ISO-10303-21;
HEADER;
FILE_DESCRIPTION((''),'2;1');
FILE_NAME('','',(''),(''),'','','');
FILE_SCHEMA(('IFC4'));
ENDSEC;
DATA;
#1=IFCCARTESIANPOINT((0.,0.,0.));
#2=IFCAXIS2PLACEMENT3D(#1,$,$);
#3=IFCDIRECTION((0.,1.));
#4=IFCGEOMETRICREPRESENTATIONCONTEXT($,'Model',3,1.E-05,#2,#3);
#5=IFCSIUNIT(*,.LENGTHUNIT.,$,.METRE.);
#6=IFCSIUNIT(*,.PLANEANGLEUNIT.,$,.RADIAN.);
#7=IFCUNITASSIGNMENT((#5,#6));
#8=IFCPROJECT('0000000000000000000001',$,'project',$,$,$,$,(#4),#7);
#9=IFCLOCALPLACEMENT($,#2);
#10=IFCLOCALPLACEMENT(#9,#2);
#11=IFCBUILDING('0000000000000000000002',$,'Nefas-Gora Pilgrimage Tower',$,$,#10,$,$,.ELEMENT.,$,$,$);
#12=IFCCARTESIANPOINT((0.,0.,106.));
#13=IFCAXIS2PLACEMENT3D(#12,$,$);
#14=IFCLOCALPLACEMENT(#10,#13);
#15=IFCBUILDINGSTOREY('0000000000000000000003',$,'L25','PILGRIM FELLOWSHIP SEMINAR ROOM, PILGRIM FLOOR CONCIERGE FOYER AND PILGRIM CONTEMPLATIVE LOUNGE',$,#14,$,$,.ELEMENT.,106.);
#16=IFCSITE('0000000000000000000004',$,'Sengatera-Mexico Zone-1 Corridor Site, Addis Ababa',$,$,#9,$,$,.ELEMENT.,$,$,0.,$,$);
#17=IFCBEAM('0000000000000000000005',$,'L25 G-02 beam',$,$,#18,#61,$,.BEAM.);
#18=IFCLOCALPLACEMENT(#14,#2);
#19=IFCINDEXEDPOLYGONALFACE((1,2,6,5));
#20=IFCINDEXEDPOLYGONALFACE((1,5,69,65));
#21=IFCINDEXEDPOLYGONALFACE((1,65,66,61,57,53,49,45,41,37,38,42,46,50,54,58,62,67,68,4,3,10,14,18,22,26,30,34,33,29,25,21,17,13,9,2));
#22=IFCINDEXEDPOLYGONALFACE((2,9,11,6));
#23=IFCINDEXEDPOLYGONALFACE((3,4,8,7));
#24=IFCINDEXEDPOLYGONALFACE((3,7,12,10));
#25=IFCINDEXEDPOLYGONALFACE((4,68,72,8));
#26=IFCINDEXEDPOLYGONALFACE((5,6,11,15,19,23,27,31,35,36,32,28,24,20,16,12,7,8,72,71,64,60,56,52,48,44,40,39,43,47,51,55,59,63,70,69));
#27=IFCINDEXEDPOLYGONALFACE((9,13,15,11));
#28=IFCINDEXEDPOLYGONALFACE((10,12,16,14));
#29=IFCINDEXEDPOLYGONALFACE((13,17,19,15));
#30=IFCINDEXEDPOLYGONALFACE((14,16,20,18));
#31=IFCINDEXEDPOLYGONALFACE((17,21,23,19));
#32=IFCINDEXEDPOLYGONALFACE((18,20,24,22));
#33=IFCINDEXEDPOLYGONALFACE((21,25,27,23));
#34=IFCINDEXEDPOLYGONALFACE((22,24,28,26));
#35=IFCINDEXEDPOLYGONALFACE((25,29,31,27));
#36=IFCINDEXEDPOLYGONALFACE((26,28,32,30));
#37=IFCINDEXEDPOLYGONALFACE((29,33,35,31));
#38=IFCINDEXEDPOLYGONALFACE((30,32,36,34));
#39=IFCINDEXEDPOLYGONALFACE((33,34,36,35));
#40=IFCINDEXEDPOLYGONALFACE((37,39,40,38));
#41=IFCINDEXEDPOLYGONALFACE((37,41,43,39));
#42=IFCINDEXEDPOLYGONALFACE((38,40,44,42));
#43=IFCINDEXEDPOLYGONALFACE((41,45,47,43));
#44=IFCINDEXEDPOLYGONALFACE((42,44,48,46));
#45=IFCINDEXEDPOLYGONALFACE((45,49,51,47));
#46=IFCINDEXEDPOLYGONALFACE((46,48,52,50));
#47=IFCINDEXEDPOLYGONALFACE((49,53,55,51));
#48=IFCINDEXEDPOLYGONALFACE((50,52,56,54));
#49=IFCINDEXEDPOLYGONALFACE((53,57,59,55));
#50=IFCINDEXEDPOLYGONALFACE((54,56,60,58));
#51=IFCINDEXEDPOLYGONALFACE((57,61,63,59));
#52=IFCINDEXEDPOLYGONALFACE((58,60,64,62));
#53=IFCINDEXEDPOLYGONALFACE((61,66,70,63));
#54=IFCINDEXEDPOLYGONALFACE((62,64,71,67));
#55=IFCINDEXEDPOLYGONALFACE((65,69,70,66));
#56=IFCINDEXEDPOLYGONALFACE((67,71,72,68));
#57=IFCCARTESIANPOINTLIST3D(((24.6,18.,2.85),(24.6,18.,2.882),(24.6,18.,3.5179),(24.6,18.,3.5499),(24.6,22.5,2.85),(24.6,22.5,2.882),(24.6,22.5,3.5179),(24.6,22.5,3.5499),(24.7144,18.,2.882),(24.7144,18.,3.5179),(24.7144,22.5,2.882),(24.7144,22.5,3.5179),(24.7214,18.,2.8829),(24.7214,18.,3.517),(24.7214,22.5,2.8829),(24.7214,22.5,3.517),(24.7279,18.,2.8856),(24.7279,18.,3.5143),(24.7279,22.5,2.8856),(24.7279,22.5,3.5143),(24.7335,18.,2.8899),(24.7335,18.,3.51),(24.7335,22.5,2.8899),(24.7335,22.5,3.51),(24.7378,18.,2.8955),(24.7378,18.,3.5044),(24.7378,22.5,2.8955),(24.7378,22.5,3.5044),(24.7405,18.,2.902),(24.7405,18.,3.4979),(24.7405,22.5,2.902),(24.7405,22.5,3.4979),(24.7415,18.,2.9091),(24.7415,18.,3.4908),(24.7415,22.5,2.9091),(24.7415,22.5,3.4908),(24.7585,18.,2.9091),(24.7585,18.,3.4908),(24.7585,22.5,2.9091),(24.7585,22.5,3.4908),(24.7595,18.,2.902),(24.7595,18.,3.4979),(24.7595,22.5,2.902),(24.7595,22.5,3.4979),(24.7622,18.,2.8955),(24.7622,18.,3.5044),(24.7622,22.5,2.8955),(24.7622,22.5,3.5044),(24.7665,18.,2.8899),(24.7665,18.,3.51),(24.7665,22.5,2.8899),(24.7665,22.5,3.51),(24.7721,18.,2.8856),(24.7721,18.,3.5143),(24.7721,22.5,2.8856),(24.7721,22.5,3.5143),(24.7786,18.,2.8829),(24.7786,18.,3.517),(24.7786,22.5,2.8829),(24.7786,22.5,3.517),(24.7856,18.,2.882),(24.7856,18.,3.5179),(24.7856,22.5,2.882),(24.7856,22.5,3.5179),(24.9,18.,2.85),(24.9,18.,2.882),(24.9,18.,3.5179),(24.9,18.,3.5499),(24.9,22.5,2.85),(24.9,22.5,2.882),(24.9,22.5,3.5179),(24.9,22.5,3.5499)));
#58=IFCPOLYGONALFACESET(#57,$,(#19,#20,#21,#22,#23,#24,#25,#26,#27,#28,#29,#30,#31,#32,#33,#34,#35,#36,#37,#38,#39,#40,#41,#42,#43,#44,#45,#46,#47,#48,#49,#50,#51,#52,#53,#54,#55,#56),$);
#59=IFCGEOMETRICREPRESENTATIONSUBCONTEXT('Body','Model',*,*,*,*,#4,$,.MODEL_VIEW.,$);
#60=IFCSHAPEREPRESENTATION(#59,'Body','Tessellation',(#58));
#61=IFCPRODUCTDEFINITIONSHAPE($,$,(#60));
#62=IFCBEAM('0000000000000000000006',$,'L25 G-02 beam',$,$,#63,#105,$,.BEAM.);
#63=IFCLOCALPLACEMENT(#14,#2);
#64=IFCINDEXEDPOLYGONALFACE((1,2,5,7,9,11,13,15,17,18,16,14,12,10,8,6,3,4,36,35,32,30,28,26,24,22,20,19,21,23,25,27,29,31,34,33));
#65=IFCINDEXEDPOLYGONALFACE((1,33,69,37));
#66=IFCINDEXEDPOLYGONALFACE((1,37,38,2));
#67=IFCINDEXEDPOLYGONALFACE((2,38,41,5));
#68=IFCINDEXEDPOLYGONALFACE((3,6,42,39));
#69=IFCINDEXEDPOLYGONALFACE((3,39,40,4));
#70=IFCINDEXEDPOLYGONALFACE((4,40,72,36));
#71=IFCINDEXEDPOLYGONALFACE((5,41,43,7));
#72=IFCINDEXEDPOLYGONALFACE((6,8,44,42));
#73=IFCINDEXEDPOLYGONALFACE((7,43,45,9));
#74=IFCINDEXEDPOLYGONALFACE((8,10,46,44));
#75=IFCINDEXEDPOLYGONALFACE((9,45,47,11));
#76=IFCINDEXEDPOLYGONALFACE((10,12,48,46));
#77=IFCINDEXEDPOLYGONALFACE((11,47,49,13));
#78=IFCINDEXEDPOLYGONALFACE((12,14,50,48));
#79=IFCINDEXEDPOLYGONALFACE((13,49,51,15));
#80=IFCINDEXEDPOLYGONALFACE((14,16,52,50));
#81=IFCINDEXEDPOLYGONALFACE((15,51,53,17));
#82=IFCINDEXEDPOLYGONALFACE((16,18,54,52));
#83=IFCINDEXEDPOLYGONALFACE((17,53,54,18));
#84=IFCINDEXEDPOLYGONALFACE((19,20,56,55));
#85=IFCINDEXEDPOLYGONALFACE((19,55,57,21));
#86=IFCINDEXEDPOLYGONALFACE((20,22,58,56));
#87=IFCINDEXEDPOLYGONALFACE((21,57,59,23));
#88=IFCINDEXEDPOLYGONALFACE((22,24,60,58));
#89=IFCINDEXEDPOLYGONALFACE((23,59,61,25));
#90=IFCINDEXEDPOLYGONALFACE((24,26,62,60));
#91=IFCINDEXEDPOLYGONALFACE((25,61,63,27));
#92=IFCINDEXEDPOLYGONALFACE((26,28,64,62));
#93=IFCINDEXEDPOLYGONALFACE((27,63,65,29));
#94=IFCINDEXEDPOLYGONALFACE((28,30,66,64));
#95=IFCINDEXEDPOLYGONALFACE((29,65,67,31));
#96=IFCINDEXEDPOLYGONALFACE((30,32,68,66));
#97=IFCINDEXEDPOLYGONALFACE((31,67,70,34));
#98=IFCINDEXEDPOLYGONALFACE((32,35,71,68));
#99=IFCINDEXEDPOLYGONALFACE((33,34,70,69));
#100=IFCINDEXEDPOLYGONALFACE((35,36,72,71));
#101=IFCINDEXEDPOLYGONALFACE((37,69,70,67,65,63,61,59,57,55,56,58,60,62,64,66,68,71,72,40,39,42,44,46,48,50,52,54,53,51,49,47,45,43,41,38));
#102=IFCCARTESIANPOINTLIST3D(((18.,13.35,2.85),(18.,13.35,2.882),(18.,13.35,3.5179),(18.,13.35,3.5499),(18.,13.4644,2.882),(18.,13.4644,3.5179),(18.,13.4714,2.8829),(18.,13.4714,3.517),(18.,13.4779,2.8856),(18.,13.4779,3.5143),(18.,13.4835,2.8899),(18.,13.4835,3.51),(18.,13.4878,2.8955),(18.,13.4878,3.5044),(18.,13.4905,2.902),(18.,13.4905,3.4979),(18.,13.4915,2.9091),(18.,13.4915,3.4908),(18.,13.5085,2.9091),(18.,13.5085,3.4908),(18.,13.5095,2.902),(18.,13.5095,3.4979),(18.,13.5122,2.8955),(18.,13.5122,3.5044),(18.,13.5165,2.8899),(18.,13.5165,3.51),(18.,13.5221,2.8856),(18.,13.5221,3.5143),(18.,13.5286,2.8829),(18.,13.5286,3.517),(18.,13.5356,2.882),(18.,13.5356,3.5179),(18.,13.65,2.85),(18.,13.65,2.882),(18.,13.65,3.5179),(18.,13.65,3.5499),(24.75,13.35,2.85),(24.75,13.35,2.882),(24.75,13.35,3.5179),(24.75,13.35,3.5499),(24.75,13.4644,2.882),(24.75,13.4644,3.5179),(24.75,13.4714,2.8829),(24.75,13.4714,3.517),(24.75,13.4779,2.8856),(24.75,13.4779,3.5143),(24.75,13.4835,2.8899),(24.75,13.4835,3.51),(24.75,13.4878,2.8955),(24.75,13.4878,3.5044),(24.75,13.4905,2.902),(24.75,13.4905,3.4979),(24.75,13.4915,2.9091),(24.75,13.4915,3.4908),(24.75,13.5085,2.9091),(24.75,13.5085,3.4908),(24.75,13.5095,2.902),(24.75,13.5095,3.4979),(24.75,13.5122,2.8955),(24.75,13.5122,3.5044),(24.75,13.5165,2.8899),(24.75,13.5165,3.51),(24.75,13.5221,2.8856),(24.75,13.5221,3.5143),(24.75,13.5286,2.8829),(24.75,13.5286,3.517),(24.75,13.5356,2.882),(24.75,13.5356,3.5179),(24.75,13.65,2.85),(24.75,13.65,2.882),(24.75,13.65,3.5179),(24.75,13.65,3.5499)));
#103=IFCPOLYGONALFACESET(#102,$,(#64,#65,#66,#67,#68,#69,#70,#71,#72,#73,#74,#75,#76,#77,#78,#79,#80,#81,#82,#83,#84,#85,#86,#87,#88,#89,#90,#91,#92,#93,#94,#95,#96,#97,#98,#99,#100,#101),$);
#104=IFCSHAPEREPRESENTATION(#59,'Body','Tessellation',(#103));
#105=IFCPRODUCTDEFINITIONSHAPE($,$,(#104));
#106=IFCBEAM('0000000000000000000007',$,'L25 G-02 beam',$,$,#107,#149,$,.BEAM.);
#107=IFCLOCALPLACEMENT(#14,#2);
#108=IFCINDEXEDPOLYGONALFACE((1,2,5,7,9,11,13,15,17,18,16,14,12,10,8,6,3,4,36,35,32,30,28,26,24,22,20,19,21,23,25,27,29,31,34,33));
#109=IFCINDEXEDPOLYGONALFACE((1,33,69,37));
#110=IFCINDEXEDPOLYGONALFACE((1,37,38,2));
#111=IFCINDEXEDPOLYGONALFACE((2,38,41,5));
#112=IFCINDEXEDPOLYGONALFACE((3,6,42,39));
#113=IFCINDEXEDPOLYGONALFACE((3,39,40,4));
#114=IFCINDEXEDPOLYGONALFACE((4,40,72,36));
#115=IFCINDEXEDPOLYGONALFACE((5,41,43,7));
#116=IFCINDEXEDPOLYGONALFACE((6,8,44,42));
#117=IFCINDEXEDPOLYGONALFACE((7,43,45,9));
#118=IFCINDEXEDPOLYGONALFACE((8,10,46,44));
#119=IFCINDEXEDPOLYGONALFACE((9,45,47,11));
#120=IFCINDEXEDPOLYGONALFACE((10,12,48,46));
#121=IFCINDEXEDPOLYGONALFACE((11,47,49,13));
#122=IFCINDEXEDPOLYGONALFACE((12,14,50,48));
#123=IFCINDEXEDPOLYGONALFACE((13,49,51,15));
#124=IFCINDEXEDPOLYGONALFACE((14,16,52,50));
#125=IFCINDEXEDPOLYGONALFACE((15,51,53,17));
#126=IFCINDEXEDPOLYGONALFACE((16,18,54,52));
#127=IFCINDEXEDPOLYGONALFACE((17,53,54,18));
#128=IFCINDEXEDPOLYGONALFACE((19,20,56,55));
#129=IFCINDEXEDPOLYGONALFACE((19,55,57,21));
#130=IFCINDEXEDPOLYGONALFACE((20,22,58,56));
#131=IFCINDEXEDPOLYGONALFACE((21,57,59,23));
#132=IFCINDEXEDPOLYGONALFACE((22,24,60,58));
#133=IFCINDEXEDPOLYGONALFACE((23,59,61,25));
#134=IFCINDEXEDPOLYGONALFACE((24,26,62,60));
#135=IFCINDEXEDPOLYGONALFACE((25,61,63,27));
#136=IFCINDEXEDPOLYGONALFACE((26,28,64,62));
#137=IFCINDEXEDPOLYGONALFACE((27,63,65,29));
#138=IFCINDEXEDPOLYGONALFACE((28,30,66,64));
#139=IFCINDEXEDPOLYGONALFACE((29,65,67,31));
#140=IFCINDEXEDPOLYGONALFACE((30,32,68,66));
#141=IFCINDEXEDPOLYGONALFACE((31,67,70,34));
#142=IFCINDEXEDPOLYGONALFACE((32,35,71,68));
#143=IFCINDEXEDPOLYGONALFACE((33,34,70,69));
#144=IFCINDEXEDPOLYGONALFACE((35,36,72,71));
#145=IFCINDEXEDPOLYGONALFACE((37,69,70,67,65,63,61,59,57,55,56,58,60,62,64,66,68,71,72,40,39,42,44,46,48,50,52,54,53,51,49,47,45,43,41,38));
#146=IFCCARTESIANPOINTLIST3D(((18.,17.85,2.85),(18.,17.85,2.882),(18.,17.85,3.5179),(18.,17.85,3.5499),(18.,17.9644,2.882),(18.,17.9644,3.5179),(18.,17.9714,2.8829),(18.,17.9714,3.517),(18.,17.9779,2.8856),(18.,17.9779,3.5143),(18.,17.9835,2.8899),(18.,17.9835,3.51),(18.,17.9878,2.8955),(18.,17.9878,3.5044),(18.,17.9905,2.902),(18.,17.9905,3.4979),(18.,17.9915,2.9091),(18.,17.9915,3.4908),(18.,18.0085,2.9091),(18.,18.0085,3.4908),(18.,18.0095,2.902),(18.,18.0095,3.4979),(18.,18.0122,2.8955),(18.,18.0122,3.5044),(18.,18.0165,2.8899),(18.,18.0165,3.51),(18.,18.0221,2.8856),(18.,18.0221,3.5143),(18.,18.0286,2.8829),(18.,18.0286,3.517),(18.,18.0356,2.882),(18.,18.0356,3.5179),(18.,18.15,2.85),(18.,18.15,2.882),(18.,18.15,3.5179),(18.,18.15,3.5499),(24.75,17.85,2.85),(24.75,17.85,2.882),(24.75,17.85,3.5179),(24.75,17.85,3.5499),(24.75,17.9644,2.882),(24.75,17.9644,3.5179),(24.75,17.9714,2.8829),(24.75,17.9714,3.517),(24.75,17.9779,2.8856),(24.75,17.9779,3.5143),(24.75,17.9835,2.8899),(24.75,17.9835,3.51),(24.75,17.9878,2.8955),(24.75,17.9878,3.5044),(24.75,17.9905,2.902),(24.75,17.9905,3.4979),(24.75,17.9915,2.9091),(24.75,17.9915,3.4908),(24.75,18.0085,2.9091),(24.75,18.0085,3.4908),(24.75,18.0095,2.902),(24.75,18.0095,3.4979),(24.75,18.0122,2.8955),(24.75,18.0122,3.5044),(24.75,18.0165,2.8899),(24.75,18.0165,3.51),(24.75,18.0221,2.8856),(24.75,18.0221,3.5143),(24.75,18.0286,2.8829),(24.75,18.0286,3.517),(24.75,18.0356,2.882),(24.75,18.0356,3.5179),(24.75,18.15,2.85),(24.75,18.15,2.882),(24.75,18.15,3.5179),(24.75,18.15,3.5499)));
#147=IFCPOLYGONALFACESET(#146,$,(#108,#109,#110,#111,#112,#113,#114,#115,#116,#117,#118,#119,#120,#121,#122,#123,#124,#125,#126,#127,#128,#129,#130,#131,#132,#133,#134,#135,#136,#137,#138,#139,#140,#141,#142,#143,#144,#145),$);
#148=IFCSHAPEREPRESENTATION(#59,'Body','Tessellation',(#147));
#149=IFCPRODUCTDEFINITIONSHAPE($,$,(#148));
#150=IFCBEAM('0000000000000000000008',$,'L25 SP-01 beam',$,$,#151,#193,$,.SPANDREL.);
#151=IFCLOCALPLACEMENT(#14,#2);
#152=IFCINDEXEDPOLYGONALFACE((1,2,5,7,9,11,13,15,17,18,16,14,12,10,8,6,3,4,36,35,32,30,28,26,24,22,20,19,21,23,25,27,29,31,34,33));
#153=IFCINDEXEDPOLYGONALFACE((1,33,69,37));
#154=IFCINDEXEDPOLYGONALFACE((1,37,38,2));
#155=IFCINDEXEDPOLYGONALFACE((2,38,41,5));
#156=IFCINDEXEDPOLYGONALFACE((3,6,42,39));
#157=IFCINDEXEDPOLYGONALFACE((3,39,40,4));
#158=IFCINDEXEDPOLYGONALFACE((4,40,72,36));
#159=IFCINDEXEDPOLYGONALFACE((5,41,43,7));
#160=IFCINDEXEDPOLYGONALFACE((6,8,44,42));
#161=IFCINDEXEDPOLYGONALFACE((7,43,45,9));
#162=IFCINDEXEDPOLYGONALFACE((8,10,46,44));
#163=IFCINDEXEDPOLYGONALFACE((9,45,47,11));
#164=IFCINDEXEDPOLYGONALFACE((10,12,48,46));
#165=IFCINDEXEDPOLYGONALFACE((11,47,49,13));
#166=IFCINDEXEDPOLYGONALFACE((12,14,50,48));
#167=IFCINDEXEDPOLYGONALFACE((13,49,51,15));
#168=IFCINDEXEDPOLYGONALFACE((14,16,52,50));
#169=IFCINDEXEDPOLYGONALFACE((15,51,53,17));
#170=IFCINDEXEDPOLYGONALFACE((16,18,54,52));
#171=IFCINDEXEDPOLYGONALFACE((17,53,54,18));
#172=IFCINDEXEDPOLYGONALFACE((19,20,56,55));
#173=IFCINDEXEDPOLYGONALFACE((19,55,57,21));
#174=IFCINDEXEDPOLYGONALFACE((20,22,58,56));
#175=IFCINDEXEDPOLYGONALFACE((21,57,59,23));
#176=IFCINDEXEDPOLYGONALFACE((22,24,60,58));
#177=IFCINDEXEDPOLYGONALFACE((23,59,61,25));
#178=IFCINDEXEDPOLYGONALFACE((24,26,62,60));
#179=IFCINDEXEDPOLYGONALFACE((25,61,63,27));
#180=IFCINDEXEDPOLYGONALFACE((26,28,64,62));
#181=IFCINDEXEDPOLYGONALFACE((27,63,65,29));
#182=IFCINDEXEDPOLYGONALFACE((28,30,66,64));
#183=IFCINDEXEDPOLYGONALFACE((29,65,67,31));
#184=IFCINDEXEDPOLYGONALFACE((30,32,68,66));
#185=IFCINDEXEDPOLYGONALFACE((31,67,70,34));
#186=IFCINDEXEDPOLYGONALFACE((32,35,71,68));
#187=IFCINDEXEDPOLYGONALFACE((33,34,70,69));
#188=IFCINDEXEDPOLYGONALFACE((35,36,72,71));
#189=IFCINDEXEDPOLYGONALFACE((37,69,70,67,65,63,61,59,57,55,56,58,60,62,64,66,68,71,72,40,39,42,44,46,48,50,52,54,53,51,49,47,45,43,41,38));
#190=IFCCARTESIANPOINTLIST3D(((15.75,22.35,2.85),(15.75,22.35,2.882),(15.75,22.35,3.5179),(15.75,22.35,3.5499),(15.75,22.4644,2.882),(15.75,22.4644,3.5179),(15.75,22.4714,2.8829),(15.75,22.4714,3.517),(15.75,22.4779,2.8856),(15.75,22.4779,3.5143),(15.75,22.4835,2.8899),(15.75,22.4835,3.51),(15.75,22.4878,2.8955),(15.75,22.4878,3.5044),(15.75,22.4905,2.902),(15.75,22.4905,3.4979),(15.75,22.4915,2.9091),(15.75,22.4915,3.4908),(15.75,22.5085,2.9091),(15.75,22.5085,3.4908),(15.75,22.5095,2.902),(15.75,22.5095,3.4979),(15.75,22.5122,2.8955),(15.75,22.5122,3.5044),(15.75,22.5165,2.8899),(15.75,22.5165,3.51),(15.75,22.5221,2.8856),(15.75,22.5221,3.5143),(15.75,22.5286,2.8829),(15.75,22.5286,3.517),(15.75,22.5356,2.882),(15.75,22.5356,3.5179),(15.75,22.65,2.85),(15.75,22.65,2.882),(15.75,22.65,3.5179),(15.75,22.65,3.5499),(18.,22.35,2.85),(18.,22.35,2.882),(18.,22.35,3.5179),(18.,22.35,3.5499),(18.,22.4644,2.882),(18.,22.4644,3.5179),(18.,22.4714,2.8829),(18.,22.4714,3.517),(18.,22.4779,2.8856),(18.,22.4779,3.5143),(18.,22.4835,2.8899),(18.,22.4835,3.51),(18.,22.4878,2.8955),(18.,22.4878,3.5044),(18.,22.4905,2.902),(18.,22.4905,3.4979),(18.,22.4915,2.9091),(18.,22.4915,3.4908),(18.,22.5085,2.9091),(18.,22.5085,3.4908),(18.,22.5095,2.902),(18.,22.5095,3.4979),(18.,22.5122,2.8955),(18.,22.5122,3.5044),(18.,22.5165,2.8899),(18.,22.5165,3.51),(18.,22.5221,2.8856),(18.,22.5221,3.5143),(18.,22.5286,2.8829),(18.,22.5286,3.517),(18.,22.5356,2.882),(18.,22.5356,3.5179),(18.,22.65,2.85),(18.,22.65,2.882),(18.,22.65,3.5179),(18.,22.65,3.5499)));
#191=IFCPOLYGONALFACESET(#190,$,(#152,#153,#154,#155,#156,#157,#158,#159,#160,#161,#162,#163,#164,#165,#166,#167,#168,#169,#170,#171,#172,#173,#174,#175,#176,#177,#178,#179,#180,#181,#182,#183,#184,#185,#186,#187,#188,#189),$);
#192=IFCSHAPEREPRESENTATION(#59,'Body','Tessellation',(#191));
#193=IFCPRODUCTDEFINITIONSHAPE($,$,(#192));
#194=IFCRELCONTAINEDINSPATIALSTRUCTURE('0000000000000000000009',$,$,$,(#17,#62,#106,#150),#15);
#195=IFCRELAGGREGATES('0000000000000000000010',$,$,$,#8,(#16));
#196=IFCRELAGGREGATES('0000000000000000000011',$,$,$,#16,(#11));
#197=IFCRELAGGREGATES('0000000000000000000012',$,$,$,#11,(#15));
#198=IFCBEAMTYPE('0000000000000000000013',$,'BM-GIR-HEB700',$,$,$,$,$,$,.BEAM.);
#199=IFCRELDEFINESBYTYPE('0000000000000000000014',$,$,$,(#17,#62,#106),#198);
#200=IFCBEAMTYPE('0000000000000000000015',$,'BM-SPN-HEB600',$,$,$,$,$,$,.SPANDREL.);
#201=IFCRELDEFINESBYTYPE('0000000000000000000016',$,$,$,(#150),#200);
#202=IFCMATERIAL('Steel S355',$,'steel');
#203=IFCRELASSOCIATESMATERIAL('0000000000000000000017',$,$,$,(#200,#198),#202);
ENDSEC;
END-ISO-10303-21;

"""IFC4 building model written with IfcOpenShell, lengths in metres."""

from ifc_helpers import new_model, si_unit, direction, frame, origin, origin_2d, place, context, subcontext, project, spatial, i_section, extrude, source, transform, mapped, material, material_profile, profile_set, type_object, element, save


model = new_model("IFC4")

# Units and contexts
model_context = context("Model", 3, precision=1e-05, world=origin(), true_north=direction((0.0, 1.0)))
body_context = subcontext(model_context, "Body", "Model", "MODEL_VIEW")
ifc_project = project(units=[si_unit("LENGTHUNIT", "METRE"), si_unit("PLANEANGLEUNIT", "RADIAN")], contexts=[model_context])

# Site, building, storey
site_placement = place(None, origin())
site = spatial("IfcSite", under=ifc_project, at=site_placement, Name="Sengatera-Mexico Zone-1 Corridor Site, Addis Ababa", CompositionType="ELEMENT", RefElevation=0.0)
building_placement = place(site_placement, origin())
building = spatial("IfcBuilding", under=site, at=building_placement, Name="Nefas-Gora Pilgrimage Tower", CompositionType="ELEMENT")
storey_placement = place(building_placement, frame((0.0, 0.0, 106.0)))
storey = spatial("IfcBuildingStorey", under=building, at=storey_placement, Name="L25", Description="PILGRIM FELLOWSHIP SEMINAR ROOM, PILGRIM FLOOR CONCIERGE FOYER AND PILGRIM CONTEMPLATIVE LOUNGE", CompositionType="ELEMENT", Elevation=106.0)

# Beams
ifc_material_1 = material(Name="Steel S355", Category="steel")
ifc_material_profile_1 = material_profile(ifc_material_1, i_section(OverallWidth=0.3, OverallDepth=0.7, WebThickness=0.0171, FlangeThickness=0.032, FilletRadius=0.0271, at=origin_2d()), Name="HEB 700")
ifc_profile_set_1 = profile_set([ifc_material_profile_1], Name="Steel S355")
beam_type_1 = type_object("IfcBeamType", Name="BM-SPN-HEB600", PredefinedType="SPANDREL", material=ifc_profile_set_1)
ifc_material_profile_2 = material_profile(ifc_material_1, i_section(OverallWidth=0.3, OverallDepth=0.7, WebThickness=0.0171, FlangeThickness=0.032, FilletRadius=0.0271, at=origin_2d()), Name="HEB 700")
ifc_profile_set_2 = profile_set([ifc_material_profile_2], Name="Steel S355")
beam_type_2 = type_object("IfcBeamType", Name="BM-GIR-HEB700", PredefinedType="BEAM", material=ifc_profile_set_2)
shared_shape_1 = source(origin(), body_context, "Body", "SweptSolid", [
    extrude(i_section(OverallWidth=0.3, OverallDepth=0.7, WebThickness=0.0171, FlangeThickness=0.032, FilletRadius=0.0271, at=origin_2d()), origin(), (0.0, 0.0, 1.0), 4.5),
])
for number, where, z_axis, x_axis, name in (
    (1, (24.75, 18.0, 3.2), (0.0, 1.0, 0.0), (-1.0, 0.0, 0.0), "L25 G-02 beam"),
):
    element("IfcBeam", number, at=place(storey_placement, frame(where, z_axis=z_axis, x_axis=x_axis)), inside=storey, type_object=beam_type_2, Name=name, PredefinedType="BEAM", context=body_context, shape_type="MappedRepresentation", body=[
        mapped(shared_shape_1, transform((0.0, 0.0, 0.0), x_axis=(1.0, 0.0, 0.0), y_axis=(0.0, 1.0, 0.0), z_axis=(0.0, 0.0, 1.0), scale=1.0)),
    ])
shared_shape_2 = source(origin(), body_context, "Body", "SweptSolid", [
    extrude(i_section(OverallWidth=0.3, OverallDepth=0.7, WebThickness=0.0171, FlangeThickness=0.032, FilletRadius=0.0271, at=origin_2d()), origin(), (0.0, 0.0, 1.0), 6.75),
])
for number, where, z_axis, x_axis, name in (
    (2, (18.0, 13.5, 3.2), (1.0, 0.0, 0.0), (0.0, 1.0, 0.0), "L25 G-02 beam"),
    (3, (18.0, 18.0, 3.2), (1.0, 0.0, 0.0), (0.0, 1.0, 0.0), "L25 G-02 beam"),
):
    element("IfcBeam", number, at=place(storey_placement, frame(where, z_axis=z_axis, x_axis=x_axis)), inside=storey, type_object=beam_type_2, Name=name, PredefinedType="BEAM", context=body_context, shape_type="MappedRepresentation", body=[
        mapped(shared_shape_2, transform((0.0, 0.0, 0.0), x_axis=(1.0, 0.0, 0.0), y_axis=(0.0, 1.0, 0.0), z_axis=(0.0, 0.0, 1.0), scale=1.0)),
    ])
shared_shape_3 = source(origin(), body_context, "Body", "SweptSolid", [
    extrude(i_section(OverallWidth=0.3, OverallDepth=0.7, WebThickness=0.0171, FlangeThickness=0.032, FilletRadius=0.0271, at=origin_2d()), origin(), (0.0, 0.0, 1.0), 2.25),
])
for number, where, z_axis, x_axis, name in (
    (4, (15.75, 22.5, 3.2), (1.0, 0.0, 0.0), (0.0, 1.0, 0.0), "L25 SP-01 beam"),
):
    element("IfcBeam", number, at=place(storey_placement, frame(where, z_axis=z_axis, x_axis=x_axis)), inside=storey, type_object=beam_type_1, Name=name, PredefinedType="SPANDREL", context=body_context, shape_type="MappedRepresentation", body=[
        mapped(shared_shape_3, transform((0.0, 0.0, 0.0), x_axis=(1.0, 0.0, 0.0), y_axis=(0.0, 1.0, 0.0), z_axis=(0.0, 0.0, 1.0), scale=1.0)),
    ])

save(model, "model.ifc")
